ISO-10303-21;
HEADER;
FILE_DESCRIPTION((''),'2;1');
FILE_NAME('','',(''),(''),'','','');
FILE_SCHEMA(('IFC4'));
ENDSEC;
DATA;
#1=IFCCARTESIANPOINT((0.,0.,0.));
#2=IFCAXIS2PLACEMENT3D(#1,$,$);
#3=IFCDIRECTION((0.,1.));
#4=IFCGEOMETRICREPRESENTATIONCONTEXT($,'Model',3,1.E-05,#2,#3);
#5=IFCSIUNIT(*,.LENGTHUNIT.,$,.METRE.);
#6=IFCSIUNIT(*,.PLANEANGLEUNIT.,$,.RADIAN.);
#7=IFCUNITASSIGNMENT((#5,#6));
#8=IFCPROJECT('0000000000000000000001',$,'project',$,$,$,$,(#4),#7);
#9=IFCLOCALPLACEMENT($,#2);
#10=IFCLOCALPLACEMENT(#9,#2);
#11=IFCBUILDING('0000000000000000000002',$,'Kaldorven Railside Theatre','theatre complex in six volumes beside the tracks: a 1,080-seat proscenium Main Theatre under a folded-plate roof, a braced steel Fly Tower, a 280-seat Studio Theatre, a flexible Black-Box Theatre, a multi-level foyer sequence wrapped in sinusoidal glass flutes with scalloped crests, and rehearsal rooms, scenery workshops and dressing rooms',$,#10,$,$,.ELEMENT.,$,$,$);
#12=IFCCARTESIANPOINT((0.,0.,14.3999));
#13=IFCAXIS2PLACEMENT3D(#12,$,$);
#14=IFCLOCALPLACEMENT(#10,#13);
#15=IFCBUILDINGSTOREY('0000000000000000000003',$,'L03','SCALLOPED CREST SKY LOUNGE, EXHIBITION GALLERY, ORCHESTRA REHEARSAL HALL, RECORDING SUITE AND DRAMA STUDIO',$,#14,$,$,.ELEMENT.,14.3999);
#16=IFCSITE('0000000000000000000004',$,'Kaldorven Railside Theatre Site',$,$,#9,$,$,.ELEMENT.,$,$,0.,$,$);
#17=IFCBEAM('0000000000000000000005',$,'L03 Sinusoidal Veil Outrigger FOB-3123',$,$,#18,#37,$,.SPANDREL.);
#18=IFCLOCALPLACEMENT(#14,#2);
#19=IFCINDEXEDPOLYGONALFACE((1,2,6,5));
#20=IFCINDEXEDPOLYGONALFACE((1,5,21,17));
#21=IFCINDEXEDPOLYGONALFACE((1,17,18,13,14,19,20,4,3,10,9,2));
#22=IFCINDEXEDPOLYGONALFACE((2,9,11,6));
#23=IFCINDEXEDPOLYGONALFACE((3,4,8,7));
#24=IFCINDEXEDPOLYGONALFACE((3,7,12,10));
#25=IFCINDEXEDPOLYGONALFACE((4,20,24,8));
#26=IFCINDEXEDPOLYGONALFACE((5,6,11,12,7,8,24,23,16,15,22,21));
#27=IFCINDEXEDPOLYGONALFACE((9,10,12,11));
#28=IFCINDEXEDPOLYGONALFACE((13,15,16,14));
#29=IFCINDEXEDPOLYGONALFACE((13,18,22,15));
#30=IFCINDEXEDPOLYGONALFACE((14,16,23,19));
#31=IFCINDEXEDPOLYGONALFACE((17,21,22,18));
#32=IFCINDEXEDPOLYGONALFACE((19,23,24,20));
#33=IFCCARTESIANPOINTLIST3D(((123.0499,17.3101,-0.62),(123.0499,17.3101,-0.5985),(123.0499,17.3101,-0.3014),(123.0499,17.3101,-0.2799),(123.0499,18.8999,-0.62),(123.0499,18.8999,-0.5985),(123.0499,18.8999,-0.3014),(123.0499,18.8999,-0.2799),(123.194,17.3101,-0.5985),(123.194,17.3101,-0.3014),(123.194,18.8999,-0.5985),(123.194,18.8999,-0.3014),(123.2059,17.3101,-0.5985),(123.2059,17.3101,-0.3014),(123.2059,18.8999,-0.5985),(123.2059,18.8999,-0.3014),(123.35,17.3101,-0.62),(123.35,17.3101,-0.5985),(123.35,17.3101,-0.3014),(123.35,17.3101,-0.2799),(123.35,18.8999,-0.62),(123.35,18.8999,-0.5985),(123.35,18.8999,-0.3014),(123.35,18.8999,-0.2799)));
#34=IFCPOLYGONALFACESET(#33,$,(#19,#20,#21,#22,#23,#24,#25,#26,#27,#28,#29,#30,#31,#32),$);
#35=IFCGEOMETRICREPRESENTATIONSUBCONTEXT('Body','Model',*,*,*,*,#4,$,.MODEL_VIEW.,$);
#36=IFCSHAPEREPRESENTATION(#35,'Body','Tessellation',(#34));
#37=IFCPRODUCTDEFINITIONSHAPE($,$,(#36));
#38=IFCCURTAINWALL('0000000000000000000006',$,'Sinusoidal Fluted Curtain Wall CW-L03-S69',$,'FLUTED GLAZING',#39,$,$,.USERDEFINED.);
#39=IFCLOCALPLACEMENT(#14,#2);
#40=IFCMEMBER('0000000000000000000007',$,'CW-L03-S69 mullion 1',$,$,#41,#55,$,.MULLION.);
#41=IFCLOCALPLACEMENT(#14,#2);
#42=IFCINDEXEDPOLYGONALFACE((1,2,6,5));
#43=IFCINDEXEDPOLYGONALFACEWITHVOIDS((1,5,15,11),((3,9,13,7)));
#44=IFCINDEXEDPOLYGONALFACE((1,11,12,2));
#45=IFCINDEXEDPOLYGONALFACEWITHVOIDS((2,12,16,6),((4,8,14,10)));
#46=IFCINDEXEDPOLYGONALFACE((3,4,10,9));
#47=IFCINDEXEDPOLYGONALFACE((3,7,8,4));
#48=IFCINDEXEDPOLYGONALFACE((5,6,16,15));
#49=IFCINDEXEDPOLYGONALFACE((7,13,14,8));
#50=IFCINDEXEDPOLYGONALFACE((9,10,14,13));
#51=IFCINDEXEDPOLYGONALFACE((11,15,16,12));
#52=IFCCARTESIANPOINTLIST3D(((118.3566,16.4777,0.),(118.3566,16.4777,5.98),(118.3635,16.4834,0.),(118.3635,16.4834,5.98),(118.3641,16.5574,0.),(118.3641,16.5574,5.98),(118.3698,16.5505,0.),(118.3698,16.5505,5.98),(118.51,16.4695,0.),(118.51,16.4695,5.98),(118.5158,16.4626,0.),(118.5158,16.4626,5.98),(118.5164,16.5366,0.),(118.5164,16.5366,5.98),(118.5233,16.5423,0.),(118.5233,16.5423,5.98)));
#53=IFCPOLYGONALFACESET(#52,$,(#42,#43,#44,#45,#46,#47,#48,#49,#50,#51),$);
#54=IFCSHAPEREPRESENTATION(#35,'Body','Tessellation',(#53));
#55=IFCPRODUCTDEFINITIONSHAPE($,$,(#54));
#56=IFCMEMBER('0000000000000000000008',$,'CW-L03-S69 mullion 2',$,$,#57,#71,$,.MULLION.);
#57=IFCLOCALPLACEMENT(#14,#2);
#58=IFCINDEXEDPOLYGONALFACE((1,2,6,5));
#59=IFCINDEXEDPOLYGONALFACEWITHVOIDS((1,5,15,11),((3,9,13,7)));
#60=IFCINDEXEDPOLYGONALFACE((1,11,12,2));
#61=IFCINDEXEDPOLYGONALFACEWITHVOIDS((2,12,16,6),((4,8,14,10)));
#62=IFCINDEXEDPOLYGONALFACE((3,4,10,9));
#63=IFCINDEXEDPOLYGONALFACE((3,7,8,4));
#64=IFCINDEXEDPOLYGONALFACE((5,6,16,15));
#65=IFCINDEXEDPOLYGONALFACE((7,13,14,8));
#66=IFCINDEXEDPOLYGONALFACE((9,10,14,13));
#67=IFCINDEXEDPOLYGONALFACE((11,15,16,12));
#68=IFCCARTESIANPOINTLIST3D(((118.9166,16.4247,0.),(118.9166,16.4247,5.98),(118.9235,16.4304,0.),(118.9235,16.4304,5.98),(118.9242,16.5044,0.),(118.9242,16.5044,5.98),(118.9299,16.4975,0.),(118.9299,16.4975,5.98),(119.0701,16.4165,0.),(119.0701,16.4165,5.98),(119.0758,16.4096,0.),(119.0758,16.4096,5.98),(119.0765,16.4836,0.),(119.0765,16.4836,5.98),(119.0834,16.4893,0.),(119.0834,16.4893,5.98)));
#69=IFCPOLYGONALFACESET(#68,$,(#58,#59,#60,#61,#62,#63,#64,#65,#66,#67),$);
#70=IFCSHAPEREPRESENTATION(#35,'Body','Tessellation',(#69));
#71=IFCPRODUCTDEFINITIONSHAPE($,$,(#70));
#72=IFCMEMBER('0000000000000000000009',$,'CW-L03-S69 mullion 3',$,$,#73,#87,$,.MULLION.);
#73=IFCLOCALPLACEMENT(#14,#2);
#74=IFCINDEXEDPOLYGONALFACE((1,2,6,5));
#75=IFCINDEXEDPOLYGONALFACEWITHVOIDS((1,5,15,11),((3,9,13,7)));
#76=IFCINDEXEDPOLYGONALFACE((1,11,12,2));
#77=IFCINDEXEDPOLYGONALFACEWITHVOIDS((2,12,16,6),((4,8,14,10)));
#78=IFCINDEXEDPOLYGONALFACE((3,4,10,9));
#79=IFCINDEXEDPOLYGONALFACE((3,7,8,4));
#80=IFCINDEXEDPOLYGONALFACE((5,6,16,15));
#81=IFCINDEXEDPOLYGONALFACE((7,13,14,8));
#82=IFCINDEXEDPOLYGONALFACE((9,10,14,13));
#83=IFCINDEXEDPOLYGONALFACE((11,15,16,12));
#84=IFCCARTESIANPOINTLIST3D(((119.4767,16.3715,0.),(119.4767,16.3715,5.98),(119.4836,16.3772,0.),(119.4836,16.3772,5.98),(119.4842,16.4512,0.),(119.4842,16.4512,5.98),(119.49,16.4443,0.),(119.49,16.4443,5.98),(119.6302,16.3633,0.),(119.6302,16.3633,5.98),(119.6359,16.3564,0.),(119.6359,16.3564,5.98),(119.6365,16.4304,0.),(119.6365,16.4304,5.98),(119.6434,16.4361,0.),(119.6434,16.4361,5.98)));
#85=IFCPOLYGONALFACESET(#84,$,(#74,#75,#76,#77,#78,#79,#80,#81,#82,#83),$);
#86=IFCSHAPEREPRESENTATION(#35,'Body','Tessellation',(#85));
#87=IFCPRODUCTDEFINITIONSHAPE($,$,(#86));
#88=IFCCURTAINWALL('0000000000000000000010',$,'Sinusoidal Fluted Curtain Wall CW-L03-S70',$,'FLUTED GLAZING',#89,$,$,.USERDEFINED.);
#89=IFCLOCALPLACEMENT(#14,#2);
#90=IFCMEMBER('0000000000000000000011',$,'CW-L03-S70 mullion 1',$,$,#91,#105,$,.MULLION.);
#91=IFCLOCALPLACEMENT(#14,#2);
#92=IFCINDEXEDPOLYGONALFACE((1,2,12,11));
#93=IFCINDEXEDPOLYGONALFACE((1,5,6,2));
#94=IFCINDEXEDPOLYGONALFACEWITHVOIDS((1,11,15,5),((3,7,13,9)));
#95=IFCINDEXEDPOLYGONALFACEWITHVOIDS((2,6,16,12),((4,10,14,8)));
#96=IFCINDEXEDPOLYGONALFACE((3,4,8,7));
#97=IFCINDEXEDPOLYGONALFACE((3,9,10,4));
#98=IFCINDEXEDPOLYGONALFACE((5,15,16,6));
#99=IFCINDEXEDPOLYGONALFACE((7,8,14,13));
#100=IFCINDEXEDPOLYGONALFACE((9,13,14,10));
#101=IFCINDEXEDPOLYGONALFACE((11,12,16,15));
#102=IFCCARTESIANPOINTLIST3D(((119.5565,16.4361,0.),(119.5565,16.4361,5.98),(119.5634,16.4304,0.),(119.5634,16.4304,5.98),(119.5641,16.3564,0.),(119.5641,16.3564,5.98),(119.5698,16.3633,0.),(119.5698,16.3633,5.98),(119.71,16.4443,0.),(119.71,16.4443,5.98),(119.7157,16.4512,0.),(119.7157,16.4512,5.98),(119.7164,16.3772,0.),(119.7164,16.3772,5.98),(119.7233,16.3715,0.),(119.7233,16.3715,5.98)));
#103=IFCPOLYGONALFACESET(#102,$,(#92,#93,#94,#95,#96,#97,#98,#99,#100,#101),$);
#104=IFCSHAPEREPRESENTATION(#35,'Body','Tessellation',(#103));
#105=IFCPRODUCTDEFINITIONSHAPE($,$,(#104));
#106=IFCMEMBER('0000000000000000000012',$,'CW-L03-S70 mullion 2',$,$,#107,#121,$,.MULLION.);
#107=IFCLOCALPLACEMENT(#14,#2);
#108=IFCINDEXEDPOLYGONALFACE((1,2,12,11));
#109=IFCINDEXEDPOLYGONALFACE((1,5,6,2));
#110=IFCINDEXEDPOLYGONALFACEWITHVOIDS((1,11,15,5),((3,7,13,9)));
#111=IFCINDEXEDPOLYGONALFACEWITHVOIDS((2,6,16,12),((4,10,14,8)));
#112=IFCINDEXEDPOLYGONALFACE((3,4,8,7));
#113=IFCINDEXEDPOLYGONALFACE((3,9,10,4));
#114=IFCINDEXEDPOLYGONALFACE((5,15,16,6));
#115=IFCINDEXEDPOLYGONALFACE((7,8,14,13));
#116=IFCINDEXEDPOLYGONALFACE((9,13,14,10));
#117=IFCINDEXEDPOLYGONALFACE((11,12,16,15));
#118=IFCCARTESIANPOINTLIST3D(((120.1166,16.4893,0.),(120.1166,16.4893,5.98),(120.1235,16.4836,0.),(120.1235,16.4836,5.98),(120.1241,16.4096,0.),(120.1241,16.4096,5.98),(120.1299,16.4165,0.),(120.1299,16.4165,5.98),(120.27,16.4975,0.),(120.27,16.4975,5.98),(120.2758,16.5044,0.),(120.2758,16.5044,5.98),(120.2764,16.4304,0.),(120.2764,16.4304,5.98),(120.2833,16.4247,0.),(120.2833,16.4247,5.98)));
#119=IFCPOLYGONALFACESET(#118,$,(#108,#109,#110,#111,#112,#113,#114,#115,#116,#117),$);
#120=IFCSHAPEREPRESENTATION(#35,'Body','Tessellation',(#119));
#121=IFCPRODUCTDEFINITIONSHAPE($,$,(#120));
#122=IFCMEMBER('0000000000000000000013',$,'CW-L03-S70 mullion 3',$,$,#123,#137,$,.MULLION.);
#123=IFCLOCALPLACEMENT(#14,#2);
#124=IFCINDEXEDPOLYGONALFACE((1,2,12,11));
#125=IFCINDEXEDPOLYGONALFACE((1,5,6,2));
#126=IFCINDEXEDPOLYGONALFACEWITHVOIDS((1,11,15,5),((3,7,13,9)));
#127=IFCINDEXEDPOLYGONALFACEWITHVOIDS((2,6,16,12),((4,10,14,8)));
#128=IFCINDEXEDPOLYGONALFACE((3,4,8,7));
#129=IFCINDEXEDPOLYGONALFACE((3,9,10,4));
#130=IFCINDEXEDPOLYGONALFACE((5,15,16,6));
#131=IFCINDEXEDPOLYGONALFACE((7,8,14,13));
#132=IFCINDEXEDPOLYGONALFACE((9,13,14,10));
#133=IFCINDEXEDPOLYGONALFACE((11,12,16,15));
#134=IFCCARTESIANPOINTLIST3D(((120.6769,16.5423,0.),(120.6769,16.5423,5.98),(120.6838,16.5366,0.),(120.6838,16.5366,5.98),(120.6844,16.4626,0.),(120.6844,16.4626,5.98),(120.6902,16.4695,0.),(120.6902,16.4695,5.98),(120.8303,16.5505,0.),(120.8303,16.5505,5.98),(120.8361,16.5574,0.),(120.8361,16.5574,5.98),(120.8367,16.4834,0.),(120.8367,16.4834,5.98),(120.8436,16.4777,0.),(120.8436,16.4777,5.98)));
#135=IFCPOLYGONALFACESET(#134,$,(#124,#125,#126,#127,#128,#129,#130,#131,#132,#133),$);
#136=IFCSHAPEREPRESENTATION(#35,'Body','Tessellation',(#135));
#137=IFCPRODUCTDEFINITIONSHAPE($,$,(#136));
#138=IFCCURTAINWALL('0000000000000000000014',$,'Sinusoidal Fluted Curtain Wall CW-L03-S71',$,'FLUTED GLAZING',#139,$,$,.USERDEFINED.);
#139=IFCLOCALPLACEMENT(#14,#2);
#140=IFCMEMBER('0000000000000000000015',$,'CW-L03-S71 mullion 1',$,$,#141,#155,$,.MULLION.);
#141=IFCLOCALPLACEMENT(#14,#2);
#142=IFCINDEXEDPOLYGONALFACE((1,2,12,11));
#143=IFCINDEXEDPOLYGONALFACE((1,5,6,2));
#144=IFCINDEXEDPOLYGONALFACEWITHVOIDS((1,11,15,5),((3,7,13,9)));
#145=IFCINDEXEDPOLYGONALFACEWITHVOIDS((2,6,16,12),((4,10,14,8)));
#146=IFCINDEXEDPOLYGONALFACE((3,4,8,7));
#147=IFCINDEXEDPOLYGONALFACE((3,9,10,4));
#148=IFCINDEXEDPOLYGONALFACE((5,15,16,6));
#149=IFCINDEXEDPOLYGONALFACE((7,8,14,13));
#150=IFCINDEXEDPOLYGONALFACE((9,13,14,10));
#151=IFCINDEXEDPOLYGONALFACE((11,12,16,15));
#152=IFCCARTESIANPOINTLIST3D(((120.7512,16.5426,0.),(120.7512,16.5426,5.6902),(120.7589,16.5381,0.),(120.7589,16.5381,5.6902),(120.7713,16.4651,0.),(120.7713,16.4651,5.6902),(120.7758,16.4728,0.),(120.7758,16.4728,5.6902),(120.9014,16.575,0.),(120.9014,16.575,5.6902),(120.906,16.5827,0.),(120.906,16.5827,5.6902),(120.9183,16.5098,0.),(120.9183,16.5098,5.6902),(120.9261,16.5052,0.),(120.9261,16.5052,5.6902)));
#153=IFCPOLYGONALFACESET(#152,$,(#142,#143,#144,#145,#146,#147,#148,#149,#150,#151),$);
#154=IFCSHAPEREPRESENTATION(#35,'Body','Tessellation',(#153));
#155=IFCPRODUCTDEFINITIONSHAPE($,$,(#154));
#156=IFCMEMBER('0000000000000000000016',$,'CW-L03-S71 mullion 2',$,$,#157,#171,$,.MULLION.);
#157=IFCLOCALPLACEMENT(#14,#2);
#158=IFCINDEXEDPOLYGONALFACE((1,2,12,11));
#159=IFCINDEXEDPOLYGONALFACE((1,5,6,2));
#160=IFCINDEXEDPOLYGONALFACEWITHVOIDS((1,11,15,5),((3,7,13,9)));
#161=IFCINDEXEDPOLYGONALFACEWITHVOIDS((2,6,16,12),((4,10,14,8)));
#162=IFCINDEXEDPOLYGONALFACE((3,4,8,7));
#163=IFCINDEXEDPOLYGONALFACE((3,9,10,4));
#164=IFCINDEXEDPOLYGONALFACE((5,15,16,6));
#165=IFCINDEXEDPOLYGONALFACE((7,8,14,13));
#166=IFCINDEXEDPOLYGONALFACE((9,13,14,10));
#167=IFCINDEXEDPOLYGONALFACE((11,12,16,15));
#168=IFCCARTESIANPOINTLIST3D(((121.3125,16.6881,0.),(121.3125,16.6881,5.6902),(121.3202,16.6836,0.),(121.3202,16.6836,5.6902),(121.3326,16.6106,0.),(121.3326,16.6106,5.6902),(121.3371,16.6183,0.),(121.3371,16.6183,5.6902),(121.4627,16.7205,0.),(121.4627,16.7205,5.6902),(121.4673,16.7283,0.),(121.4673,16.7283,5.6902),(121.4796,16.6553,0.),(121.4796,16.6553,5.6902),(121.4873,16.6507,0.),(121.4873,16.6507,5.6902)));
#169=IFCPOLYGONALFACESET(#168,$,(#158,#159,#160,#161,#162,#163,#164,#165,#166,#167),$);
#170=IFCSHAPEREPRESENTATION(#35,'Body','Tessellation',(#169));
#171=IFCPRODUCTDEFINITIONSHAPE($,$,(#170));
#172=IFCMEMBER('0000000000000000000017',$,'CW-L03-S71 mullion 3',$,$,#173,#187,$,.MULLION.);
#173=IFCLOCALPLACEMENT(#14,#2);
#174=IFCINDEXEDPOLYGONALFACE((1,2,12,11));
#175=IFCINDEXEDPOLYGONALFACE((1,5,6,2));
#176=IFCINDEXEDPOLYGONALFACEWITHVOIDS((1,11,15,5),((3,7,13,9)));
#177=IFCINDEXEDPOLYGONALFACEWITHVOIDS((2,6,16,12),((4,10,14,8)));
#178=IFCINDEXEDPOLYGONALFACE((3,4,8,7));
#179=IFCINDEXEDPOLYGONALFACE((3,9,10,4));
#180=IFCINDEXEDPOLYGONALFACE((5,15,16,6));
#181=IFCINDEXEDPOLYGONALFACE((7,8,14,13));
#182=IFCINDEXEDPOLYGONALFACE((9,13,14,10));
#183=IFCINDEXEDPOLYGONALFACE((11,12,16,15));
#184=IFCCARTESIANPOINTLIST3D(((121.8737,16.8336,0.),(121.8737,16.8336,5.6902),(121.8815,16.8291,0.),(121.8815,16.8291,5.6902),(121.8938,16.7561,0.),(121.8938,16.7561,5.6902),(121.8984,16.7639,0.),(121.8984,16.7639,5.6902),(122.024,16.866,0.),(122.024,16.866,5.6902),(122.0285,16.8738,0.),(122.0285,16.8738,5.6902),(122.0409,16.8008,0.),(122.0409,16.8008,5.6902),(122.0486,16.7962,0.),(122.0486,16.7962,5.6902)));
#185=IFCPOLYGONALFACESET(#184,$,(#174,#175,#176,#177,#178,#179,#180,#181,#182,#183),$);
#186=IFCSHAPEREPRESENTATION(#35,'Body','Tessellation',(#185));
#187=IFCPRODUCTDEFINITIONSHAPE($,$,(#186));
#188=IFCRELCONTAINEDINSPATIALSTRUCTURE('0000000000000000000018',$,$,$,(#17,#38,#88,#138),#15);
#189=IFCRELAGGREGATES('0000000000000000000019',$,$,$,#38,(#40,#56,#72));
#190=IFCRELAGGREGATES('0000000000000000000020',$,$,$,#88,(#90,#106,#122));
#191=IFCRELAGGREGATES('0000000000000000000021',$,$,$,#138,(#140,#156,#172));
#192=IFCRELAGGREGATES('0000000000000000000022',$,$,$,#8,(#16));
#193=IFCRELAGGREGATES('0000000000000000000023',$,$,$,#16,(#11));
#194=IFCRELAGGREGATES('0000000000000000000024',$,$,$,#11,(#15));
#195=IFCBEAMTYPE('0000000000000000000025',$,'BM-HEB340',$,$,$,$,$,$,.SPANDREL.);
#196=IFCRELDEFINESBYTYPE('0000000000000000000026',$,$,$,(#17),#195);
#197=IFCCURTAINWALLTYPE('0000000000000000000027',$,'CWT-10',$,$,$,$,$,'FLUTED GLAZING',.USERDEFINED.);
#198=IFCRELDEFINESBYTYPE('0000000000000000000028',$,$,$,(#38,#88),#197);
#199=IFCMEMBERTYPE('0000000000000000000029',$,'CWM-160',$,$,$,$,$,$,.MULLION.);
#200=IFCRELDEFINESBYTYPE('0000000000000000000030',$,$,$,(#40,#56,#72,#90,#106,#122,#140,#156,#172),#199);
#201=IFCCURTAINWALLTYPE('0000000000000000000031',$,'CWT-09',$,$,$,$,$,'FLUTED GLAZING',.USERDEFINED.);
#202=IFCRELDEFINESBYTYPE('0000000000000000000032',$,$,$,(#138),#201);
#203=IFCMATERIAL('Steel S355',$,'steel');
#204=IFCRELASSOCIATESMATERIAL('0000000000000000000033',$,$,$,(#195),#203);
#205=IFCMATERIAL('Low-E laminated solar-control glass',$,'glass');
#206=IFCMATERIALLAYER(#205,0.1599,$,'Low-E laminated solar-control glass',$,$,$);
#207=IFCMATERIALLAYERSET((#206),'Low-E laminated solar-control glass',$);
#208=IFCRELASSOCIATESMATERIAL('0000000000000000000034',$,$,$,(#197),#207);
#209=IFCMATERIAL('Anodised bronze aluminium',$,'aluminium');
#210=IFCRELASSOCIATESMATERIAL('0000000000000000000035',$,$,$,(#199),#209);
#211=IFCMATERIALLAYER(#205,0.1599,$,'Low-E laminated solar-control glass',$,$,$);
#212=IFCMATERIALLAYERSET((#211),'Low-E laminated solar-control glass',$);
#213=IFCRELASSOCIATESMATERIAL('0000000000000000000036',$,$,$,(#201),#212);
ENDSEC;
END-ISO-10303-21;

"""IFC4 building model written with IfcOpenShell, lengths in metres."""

from ifc_helpers import new_model, si_unit, direction, frame, origin, origin_2d, place, context, subcontext, project, spatial, hollow_rectangle, i_section, extrude, material, layer, layer_set, material_profile, profile_set, type_object, element, aggregate, save


model = new_model("IFC4")

# Units and contexts
model_context = context("Model", 3, precision=1e-05, world=origin(), true_north=direction((0.0, 1.0)))
body_context = subcontext(model_context, "Body", "Model", "MODEL_VIEW")
ifc_project = project(units=[si_unit("LENGTHUNIT", "METRE"), si_unit("PLANEANGLEUNIT", "RADIAN")], contexts=[model_context])

# Site, building, storey
site_placement = place(None, origin())
site = spatial("IfcSite", under=ifc_project, at=site_placement, Name="Kaldorven Railside Theatre Site", CompositionType="ELEMENT", RefElevation=0.0)
building_placement = place(site_placement, origin())
building = spatial("IfcBuilding", under=site, at=building_placement, Name="Kaldorven Railside Theatre", Description="theatre complex in six volumes beside the tracks: a 1,080-seat proscenium Main Theatre under a folded-plate roof, a braced steel Fly Tower, a 280-seat Studio Theatre, a flexible Black-Box Theatre, a multi-level foyer sequence wrapped in sinusoidal glass flutes with scalloped crests, and rehearsal rooms, scenery workshops and dressing rooms", CompositionType="ELEMENT")
storey_placement = place(building_placement, frame((0.0, 0.0, 14.3999)))
storey = spatial("IfcBuildingStorey", under=building, at=storey_placement, Name="L03", Description="SCALLOPED CREST SKY LOUNGE, EXHIBITION GALLERY, ORCHESTRA REHEARSAL HALL, RECORDING SUITE AND DRAMA STUDIO", CompositionType="ELEMENT", Elevation=14.3999)

# Beam
ifc_material_1 = material(Name="Steel S355", Category="steel")
ifc_material_profile_1 = material_profile(ifc_material_1, i_section(OverallWidth=0.3, OverallDepth=0.3401, WebThickness=0.012, FlangeThickness=0.0215, at=origin_2d()), Name="HEB 340")
ifc_profile_set_1 = profile_set([ifc_material_profile_1], Name="Steel S355")
beam_type_1 = type_object("IfcBeamType", Name="BM-HEB340", PredefinedType="SPANDREL", material=ifc_profile_set_1)
beam_1_placement = place(storey_placement, frame((123.2, 17.3101, -0.45), z_axis=(0.0, 1.0, 0.0), x_axis=(-1.0, 0.0, 0.0)))
element("IfcBeam", 1, at=beam_1_placement, inside=storey, type_object=beam_type_1, Name="L03 Sinusoidal Veil Outrigger FOB-3123", PredefinedType="SPANDREL", context=body_context, shape_type="SweptSolid", body=[
    extrude(i_section(OverallWidth=0.3, OverallDepth=0.3401, WebThickness=0.012, FlangeThickness=0.0215, at=origin_2d()), origin(), (0.0, 0.0, 1.0), 1.5898),
])

# Curtain walls, members
ifc_material_2 = material(Name="Low-E laminated solar-control glass", Category="glass")
ifc_layer_1 = layer(ifc_material_2, 0.1599, Name="Low-E laminated solar-control glass")
ifc_layer_set_1 = layer_set([ifc_layer_1], Name="Low-E laminated solar-control glass")
curtain_wall_type_1 = type_object("IfcCurtainWallType", Name="CWT-10", ElementType="FLUTED GLAZING", PredefinedType="USERDEFINED", material=ifc_layer_set_1)
curtain_wall_1_placement = place(storey_placement, origin())
curtain_wall_1 = element("IfcCurtainWall", 2, at=curtain_wall_1_placement, inside=storey, type_object=curtain_wall_type_1, Name="Sinusoidal Fluted Curtain Wall CW-L03-S69", ObjectType="FLUTED GLAZING", PredefinedType="USERDEFINED")
ifc_material_3 = material(Name="Anodised bronze aluminium", Category="aluminium")
ifc_material_profile_2 = material_profile(ifc_material_3, hollow_rectangle(XDim=0.0801, YDim=0.1599, WallThickness=0.0063, at=origin_2d()), Name="RHS 160x80x6.3")
ifc_profile_set_2 = profile_set([ifc_material_profile_2], Name="Anodised bronze aluminium")
member_type_1 = type_object("IfcMemberType", Name="CWM-160", PredefinedType="MULLION", material=ifc_profile_set_2)
member_1_placement = place(storey_placement, frame((118.4399, 16.51, 0.0), z_axis=(0.0, 0.0, 1.0), x_axis=(0.094492, 0.995526, 0.0)))
member_1 = element("IfcMember", 3, at=member_1_placement, type_object=member_type_1, Name="CW-L03-S69 mullion 1", PredefinedType="MULLION", context=body_context, shape_type="SweptSolid", body=[
    extrude(hollow_rectangle(XDim=0.0801, YDim=0.1599, WallThickness=0.0063, at=origin_2d()), origin(), (0.0, 0.0, 1.0), 5.98),
])
member_2_placement = place(storey_placement, frame((119.0, 16.457, 0.0), z_axis=(0.0, 0.0, 1.0), x_axis=(0.094492, 0.995526, 0.0)))
member_2 = element("IfcMember", 4, at=member_2_placement, type_object=member_type_1, Name="CW-L03-S69 mullion 2", PredefinedType="MULLION", context=body_context, shape_type="SweptSolid", body=[
    extrude(hollow_rectangle(XDim=0.0801, YDim=0.1599, WallThickness=0.0063, at=origin_2d()), origin(), (0.0, 0.0, 1.0), 5.98),
])
member_3_placement = place(storey_placement, frame((119.5601, 16.4038, 0.0), z_axis=(0.0, 0.0, 1.0), x_axis=(0.094492, 0.995526, 0.0)))
member_3 = element("IfcMember", 5, at=member_3_placement, type_object=member_type_1, Name="CW-L03-S69 mullion 3", PredefinedType="MULLION", context=body_context, shape_type="SweptSolid", body=[
    extrude(hollow_rectangle(XDim=0.0801, YDim=0.1599, WallThickness=0.0063, at=origin_2d()), origin(), (0.0, 0.0, 1.0), 5.98),
])
curtain_wall_2_placement = place(storey_placement, origin())
curtain_wall_2 = element("IfcCurtainWall", 6, at=curtain_wall_2_placement, inside=storey, type_object=curtain_wall_type_1, Name="Sinusoidal Fluted Curtain Wall CW-L03-S70", ObjectType="FLUTED GLAZING", PredefinedType="USERDEFINED")
member_4_placement = place(storey_placement, frame((119.6399, 16.4038, 0.0), z_axis=(0.0, 0.0, 1.0), x_axis=(-0.094492, 0.995526, 0.0)))
member_4 = element("IfcMember", 7, at=member_4_placement, type_object=member_type_1, Name="CW-L03-S70 mullion 1", PredefinedType="MULLION", context=body_context, shape_type="SweptSolid", body=[
    extrude(hollow_rectangle(XDim=0.0801, YDim=0.1599, WallThickness=0.0063, at=origin_2d()), origin(), (0.0, 0.0, 1.0), 5.98),
])
member_5_placement = place(storey_placement, frame((120.2, 16.457, 0.0), z_axis=(0.0, 0.0, 1.0), x_axis=(-0.094492, 0.995526, 0.0)))
member_5 = element("IfcMember", 8, at=member_5_placement, type_object=member_type_1, Name="CW-L03-S70 mullion 2", PredefinedType="MULLION", context=body_context, shape_type="SweptSolid", body=[
    extrude(hollow_rectangle(XDim=0.0801, YDim=0.1599, WallThickness=0.0063, at=origin_2d()), origin(), (0.0, 0.0, 1.0), 5.98),
])
member_6_placement = place(storey_placement, frame((120.7603, 16.51, 0.0), z_axis=(0.0, 0.0, 1.0), x_axis=(-0.094492, 0.995526, 0.0)))
member_6 = element("IfcMember", 9, at=member_6_placement, type_object=member_type_1, Name="CW-L03-S70 mullion 3", PredefinedType="MULLION", context=body_context, shape_type="SweptSolid", body=[
    extrude(hollow_rectangle(XDim=0.0801, YDim=0.1599, WallThickness=0.0063, at=origin_2d()), origin(), (0.0, 0.0, 1.0), 5.98),
])
ifc_layer_2 = layer(ifc_material_2, 0.1599, Name="Low-E laminated solar-control glass")
ifc_layer_set_2 = layer_set([ifc_layer_2], Name="Low-E laminated solar-control glass")
curtain_wall_type_2 = type_object("IfcCurtainWallType", Name="CWT-09", ElementType="FLUTED GLAZING", PredefinedType="USERDEFINED", material=ifc_layer_set_2)
curtain_wall_3_placement = place(storey_placement, origin())
curtain_wall_3 = element("IfcCurtainWall", 10, at=curtain_wall_3_placement, inside=storey, type_object=curtain_wall_type_2, Name="Sinusoidal Fluted Curtain Wall CW-L03-S71", ObjectType="FLUTED GLAZING", PredefinedType="USERDEFINED")
member_7_placement = place(storey_placement, frame((120.8386, 16.5239, 0.0), z_axis=(0.0, 0.0, 1.0), x_axis=(-0.250954, 0.967999, 0.0)))
member_7 = element("IfcMember", 11, at=member_7_placement, type_object=member_type_1, Name="CW-L03-S71 mullion 1", PredefinedType="MULLION", context=body_context, shape_type="SweptSolid", body=[
    extrude(hollow_rectangle(XDim=0.0801, YDim=0.1599, WallThickness=0.0063, at=origin_2d()), origin(), (0.0, 0.0, 1.0), 5.6902),
])
member_8_placement = place(storey_placement, frame((121.3999, 16.6694, 0.0), z_axis=(0.0, 0.0, 1.0), x_axis=(-0.250954, 0.967999, 0.0)))
member_8 = element("IfcMember", 12, at=member_8_placement, type_object=member_type_1, Name="CW-L03-S71 mullion 2", PredefinedType="MULLION", context=body_context, shape_type="SweptSolid", body=[
    extrude(hollow_rectangle(XDim=0.0801, YDim=0.1599, WallThickness=0.0063, at=origin_2d()), origin(), (0.0, 0.0, 1.0), 5.6902),
])
member_9_placement = place(storey_placement, frame((121.9612, 16.8149, 0.0), z_axis=(0.0, 0.0, 1.0), x_axis=(-0.250954, 0.967999, 0.0)))
member_9 = element("IfcMember", 13, at=member_9_placement, type_object=member_type_1, Name="CW-L03-S71 mullion 3", PredefinedType="MULLION", context=body_context, shape_type="SweptSolid", body=[
    extrude(hollow_rectangle(XDim=0.0801, YDim=0.1599, WallThickness=0.0063, at=origin_2d()), origin(), (0.0, 0.0, 1.0), 5.6902),
])

aggregate(curtain_wall_1, [member_1, member_2, member_3])
aggregate(curtain_wall_2, [member_4, member_5, member_6])
aggregate(curtain_wall_3, [member_7, member_8, member_9])

save(model, "model.ifc")
